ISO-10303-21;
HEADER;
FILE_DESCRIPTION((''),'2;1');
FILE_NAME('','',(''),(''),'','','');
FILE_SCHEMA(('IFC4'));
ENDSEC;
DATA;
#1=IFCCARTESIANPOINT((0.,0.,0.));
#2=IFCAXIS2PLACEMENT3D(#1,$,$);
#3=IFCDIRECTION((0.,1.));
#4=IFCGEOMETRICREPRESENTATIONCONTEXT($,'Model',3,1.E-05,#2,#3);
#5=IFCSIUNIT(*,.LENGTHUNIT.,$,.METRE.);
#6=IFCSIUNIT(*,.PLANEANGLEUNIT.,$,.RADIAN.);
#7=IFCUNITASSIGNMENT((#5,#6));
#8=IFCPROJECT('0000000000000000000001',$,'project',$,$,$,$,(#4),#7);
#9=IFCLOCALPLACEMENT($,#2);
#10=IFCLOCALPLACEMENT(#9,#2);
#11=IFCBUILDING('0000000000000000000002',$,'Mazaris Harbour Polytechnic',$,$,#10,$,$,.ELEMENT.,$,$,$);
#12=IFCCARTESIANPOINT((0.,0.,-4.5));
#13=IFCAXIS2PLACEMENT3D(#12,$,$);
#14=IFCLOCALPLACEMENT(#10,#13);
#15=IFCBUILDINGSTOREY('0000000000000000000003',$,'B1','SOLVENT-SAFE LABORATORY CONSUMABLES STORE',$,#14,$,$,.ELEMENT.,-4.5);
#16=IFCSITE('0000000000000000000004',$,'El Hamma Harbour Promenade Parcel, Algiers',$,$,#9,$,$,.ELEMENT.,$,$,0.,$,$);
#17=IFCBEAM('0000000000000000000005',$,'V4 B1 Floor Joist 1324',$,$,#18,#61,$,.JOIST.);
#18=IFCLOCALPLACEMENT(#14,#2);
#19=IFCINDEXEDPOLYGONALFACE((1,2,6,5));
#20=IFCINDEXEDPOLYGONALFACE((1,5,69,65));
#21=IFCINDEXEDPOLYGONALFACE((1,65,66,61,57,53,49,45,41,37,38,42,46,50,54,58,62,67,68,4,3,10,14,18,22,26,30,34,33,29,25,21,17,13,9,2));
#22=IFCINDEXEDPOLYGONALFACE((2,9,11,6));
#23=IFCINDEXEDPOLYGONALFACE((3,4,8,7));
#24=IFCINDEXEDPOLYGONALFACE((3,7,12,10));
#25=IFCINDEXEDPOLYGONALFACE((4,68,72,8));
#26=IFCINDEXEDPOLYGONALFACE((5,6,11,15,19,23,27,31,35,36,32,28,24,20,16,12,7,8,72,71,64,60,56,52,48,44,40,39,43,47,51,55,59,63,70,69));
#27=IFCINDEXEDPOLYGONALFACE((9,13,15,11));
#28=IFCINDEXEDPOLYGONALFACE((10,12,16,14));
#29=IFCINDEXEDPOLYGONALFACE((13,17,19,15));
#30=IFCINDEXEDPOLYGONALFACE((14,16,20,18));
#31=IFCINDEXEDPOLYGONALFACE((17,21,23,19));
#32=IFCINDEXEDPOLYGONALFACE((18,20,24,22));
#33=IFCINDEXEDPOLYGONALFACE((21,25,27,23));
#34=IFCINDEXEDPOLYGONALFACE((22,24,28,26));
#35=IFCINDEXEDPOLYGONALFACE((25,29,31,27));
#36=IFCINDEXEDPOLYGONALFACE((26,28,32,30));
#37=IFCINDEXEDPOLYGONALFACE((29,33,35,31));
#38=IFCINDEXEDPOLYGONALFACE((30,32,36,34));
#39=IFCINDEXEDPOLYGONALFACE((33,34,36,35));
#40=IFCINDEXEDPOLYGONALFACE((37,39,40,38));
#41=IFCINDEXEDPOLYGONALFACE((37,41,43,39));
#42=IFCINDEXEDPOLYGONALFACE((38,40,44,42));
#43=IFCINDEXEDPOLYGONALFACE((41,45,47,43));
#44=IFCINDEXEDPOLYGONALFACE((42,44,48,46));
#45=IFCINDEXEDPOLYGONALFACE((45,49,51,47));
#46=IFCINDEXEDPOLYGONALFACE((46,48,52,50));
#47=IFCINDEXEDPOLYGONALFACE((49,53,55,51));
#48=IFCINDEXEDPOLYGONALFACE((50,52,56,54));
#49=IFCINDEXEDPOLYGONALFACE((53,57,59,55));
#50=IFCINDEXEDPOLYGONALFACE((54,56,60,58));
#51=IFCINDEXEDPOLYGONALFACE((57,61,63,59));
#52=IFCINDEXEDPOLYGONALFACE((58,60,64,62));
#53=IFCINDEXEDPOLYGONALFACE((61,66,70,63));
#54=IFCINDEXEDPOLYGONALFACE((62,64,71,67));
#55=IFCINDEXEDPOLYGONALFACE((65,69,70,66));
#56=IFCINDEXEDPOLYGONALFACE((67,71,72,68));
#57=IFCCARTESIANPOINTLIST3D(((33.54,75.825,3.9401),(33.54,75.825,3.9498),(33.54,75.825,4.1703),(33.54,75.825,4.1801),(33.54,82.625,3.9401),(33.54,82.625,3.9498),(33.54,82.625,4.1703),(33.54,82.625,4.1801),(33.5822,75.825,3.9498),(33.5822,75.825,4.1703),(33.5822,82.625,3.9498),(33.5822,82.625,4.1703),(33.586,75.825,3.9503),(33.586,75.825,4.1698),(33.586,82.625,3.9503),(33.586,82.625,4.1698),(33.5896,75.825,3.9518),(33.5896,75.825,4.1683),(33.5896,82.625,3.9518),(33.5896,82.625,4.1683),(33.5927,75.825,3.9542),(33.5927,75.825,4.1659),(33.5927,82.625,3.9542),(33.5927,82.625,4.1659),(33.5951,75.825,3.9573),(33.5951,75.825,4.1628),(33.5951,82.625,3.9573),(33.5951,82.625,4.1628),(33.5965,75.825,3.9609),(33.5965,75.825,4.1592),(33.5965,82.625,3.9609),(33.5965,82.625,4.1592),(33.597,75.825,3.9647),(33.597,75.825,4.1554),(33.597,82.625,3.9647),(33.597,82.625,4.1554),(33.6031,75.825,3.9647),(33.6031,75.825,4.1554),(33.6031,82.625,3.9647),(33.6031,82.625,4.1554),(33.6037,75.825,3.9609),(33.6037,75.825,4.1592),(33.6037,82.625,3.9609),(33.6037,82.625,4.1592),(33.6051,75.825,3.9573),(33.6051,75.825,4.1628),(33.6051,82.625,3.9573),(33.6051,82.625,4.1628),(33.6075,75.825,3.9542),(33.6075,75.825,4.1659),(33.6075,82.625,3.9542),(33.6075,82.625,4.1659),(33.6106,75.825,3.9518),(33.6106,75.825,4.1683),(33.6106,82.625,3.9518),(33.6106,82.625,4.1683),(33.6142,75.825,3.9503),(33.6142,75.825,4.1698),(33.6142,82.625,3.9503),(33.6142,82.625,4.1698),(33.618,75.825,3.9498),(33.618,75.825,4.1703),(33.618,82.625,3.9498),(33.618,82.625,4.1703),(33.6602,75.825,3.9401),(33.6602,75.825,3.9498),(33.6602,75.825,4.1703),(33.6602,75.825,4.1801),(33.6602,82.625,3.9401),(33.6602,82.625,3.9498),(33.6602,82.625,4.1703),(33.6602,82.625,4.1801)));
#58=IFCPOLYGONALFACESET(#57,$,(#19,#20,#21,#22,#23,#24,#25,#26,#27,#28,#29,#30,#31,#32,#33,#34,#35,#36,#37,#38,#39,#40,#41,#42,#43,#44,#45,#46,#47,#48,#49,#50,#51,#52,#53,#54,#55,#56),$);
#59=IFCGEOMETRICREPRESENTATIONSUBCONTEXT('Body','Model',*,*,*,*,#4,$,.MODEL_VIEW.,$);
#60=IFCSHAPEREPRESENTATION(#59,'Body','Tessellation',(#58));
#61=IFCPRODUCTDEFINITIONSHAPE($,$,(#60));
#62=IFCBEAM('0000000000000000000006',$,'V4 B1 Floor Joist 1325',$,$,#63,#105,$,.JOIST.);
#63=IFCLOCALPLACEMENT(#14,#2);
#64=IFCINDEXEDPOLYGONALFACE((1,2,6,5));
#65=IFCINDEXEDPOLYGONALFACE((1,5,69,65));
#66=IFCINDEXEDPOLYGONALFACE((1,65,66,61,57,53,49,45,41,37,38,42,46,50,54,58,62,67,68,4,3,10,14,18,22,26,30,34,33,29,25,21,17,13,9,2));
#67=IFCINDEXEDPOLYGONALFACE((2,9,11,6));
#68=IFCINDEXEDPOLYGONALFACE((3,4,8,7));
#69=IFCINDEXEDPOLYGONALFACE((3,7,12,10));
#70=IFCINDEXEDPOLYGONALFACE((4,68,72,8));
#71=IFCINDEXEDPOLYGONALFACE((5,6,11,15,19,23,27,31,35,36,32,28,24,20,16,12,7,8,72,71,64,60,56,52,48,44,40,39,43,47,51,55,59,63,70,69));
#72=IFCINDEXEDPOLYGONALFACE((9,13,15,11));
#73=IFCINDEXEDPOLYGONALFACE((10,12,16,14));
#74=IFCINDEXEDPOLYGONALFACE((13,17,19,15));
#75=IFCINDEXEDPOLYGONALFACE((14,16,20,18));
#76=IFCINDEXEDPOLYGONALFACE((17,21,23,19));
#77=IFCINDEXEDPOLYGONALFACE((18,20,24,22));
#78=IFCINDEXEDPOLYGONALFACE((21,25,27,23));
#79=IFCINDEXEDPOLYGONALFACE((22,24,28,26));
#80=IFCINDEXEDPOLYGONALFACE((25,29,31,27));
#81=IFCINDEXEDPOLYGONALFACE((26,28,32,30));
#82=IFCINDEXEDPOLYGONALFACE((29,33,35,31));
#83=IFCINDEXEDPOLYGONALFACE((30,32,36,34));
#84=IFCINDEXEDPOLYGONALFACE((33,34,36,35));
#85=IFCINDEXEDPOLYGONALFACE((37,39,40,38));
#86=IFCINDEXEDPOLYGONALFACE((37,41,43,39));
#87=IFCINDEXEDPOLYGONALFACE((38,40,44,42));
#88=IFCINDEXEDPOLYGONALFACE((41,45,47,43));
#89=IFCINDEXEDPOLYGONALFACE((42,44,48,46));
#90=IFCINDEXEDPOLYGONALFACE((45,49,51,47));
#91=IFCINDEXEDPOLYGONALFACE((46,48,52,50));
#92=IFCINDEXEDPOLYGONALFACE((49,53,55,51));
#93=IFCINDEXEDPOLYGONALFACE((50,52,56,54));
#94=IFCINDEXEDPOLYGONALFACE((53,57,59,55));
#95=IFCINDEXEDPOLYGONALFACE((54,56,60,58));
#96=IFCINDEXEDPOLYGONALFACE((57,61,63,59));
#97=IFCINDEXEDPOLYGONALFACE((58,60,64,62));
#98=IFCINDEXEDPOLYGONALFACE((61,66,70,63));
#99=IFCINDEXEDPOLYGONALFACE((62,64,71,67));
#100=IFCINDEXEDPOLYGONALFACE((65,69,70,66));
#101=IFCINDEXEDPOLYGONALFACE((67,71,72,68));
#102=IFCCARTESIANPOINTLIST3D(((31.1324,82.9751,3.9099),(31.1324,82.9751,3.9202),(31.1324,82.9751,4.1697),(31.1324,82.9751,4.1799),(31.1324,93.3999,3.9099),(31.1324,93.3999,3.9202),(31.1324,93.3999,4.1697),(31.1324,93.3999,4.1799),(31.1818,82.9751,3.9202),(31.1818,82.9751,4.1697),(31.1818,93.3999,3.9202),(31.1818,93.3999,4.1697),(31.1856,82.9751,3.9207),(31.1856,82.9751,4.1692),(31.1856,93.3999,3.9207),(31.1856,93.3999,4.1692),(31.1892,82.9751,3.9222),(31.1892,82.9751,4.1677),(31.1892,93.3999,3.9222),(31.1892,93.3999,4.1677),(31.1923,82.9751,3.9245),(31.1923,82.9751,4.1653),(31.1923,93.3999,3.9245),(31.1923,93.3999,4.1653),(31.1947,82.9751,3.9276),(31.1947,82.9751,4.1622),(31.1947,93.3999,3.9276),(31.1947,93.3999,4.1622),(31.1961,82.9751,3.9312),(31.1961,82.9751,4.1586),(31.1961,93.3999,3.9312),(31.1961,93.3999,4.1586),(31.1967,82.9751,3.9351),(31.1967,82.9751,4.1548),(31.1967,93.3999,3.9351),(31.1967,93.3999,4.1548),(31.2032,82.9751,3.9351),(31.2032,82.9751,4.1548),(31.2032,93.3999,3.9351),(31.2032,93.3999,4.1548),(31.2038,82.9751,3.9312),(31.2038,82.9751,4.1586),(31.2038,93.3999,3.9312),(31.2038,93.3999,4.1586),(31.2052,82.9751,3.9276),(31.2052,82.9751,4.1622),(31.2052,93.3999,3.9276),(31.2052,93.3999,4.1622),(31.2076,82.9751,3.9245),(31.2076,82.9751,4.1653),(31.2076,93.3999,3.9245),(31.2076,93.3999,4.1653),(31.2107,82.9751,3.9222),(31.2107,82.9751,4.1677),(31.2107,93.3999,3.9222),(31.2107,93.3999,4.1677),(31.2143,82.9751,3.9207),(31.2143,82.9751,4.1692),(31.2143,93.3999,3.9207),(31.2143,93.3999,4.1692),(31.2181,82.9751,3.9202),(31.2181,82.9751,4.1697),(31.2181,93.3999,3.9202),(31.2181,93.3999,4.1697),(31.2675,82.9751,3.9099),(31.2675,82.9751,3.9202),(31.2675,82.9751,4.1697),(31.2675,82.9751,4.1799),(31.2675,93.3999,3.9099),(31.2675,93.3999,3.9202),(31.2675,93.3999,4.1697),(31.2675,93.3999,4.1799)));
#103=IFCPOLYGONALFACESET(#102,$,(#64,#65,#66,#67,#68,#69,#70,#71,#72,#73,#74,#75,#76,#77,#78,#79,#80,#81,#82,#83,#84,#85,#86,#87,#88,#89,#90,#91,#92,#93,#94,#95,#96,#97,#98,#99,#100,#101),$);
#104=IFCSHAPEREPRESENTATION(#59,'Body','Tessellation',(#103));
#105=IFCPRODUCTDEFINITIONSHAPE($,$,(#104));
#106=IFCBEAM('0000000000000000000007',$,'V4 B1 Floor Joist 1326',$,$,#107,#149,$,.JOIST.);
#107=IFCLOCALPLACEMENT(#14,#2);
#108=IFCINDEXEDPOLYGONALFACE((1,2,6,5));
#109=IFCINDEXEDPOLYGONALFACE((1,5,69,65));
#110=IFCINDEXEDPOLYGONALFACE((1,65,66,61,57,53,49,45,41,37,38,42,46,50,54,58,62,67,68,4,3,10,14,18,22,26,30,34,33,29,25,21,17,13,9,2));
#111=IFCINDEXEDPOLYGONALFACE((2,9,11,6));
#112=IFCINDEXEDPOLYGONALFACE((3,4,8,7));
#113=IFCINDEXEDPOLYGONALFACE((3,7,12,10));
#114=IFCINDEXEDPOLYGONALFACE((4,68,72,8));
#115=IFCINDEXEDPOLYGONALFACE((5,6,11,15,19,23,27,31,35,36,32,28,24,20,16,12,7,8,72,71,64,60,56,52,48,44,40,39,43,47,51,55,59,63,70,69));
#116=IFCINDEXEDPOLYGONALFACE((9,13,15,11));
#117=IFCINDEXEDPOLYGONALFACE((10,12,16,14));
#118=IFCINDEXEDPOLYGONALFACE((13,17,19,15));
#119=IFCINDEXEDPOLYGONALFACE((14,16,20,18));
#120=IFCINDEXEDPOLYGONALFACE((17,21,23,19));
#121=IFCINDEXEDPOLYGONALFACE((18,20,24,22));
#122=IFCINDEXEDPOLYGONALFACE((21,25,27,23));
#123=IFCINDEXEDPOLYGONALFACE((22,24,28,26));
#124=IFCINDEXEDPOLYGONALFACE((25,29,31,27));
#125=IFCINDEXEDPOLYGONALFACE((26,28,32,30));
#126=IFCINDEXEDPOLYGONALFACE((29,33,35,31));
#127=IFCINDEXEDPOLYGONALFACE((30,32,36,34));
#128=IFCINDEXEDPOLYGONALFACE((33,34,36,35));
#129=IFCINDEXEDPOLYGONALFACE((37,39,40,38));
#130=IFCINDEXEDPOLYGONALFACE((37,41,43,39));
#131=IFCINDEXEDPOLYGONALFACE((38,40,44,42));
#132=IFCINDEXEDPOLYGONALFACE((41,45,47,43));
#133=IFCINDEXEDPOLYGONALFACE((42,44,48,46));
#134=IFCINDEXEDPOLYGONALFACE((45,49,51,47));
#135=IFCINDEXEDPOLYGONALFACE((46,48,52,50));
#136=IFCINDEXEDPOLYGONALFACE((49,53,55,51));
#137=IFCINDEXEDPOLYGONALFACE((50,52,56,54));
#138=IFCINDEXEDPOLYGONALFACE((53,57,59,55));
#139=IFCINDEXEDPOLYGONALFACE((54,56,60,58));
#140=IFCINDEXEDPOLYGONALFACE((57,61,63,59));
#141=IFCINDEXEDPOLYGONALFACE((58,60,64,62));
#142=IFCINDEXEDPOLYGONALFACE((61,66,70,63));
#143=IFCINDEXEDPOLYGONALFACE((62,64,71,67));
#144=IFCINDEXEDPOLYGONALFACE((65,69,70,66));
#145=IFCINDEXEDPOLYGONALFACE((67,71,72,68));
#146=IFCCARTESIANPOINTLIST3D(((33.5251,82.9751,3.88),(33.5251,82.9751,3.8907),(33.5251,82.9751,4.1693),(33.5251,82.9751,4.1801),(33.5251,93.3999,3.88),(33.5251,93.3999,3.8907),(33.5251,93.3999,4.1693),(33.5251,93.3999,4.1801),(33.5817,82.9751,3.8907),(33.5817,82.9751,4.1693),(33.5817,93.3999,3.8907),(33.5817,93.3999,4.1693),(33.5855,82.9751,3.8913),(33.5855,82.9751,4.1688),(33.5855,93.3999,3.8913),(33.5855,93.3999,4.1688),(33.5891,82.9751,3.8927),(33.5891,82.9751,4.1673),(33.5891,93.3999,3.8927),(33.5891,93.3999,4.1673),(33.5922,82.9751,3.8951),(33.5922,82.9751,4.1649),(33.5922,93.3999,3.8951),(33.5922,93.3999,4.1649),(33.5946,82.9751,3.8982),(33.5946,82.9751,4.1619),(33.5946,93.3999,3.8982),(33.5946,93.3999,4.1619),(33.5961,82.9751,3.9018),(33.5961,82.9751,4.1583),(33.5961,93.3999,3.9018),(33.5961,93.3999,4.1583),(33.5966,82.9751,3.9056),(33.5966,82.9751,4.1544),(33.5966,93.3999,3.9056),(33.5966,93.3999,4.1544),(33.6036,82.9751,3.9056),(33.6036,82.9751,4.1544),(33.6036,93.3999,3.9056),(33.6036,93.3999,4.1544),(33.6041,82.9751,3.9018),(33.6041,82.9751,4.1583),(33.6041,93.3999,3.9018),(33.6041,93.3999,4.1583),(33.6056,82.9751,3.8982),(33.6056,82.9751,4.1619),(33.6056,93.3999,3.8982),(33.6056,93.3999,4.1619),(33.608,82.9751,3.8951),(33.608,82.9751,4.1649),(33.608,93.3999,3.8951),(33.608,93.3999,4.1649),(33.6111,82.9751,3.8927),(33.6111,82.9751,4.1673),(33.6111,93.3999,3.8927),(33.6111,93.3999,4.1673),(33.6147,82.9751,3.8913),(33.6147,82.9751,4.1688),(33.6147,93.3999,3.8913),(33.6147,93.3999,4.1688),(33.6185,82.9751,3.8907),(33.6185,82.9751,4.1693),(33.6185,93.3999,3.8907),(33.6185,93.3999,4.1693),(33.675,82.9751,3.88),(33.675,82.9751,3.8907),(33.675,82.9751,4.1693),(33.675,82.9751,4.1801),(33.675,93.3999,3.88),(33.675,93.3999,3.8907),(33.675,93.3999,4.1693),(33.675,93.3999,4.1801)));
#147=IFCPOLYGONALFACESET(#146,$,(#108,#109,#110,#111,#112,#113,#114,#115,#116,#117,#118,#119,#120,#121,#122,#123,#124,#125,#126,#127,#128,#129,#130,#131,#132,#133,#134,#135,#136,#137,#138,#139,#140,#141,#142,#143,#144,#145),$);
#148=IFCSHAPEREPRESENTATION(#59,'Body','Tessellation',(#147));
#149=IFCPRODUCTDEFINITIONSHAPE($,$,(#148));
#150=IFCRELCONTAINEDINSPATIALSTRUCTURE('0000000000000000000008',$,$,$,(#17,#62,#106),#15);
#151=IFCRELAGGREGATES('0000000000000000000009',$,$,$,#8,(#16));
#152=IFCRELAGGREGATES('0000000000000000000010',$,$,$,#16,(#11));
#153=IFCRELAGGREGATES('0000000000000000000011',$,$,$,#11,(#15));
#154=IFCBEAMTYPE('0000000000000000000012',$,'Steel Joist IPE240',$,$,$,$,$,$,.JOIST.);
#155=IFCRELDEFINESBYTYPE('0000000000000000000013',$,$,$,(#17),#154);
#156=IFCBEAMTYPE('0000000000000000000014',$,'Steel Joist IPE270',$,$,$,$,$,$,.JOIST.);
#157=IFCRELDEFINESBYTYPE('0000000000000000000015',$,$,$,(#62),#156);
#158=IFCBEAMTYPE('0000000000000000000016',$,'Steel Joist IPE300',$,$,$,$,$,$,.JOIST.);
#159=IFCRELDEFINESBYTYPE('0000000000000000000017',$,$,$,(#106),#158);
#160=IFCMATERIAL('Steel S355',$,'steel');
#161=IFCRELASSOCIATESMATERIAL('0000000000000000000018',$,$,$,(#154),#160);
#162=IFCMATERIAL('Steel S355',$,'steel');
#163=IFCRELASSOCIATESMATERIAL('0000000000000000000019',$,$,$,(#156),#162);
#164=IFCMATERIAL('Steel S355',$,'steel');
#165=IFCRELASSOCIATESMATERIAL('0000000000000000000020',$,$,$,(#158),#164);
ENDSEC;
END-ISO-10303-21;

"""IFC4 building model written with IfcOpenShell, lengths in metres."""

from ifc_helpers import new_model, si_unit, direction, frame, origin, origin_2d, place, context, subcontext, project, spatial, i_section, extrude, material, material_profile, profile_set, type_object, element, save


model = new_model("IFC4")

# Units and contexts
model_context = context("Model", 3, precision=1e-05, world=origin(), true_north=direction((0.0, 1.0)))
body_context = subcontext(model_context, "Body", "Model", "MODEL_VIEW")
ifc_project = project(units=[si_unit("LENGTHUNIT", "METRE"), si_unit("PLANEANGLEUNIT", "RADIAN")], contexts=[model_context])

# Site, building, storey
site_placement = place(None, origin())
site = spatial("IfcSite", under=ifc_project, at=site_placement, Name="El Hamma Harbour Promenade Parcel, Algiers", CompositionType="ELEMENT", RefElevation=0.0)
building_placement = place(site_placement, origin())
building = spatial("IfcBuilding", under=site, at=building_placement, Name="Mazaris Harbour Polytechnic", CompositionType="ELEMENT")
storey_placement = place(building_placement, frame((0.0, 0.0, -4.5)))
storey = spatial("IfcBuildingStorey", under=building, at=storey_placement, Name="B1", Description="SOLVENT-SAFE LABORATORY CONSUMABLES STORE", CompositionType="ELEMENT", Elevation=-4.5)

# Beams
ifc_material_1 = material(Name="Steel S355", Category="steel")
ifc_material_profile_1 = material_profile(ifc_material_1, i_section(OverallWidth=0.1201, OverallDepth=0.24, WebThickness=0.0061, FlangeThickness=0.0098, FilletRadius=0.0149, at=origin_2d()), Name="IPE 240")
ifc_profile_set_1 = profile_set([ifc_material_profile_1], Name="Steel S355")
beam_type_1 = type_object("IfcBeamType", Name="Steel Joist IPE240", PredefinedType="JOIST", material=ifc_profile_set_1)
beam_1_placement = place(storey_placement, frame((33.6001, 75.825, 4.0601), z_axis=(0.0, 1.0, 0.0), x_axis=(-1.0, 0.0, 0.0)))
element("IfcBeam", 1, at=beam_1_placement, inside=storey, type_object=beam_type_1, Name="V4 B1 Floor Joist 1324", PredefinedType="JOIST", context=body_context, shape_type="SweptSolid", body=[
    extrude(i_section(OverallWidth=0.1201, OverallDepth=0.24, WebThickness=0.0061, FlangeThickness=0.0098, FilletRadius=0.0149, at=origin_2d()), origin(), (0.0, 0.0, 1.0), 6.8),
])
ifc_material_2 = material(Name="Steel S355", Category="steel")
ifc_material_profile_2 = material_profile(ifc_material_2, i_section(OverallWidth=0.135, OverallDepth=0.27, WebThickness=0.0066, FlangeThickness=0.0103, FilletRadius=0.0149, at=origin_2d()), Name="IPE 270")
ifc_profile_set_2 = profile_set([ifc_material_profile_2], Name="Steel S355")
beam_type_2 = type_object("IfcBeamType", Name="Steel Joist IPE270", PredefinedType="JOIST", material=ifc_profile_set_2)
beam_2_placement = place(storey_placement, frame((31.2, 82.9751, 4.0449), z_axis=(0.0, 1.0, 0.0), x_axis=(-1.0, 0.0, 0.0)))
element("IfcBeam", 2, at=beam_2_placement, inside=storey, type_object=beam_type_2, Name="V4 B1 Floor Joist 1325", PredefinedType="JOIST", context=body_context, shape_type="SweptSolid", body=[
    extrude(i_section(OverallWidth=0.135, OverallDepth=0.27, WebThickness=0.0066, FlangeThickness=0.0103, FilletRadius=0.0149, at=origin_2d()), origin(), (0.0, 0.0, 1.0), 10.4248),
])
ifc_material_3 = material(Name="Steel S355", Category="steel")
ifc_material_profile_3 = material_profile(ifc_material_3, i_section(OverallWidth=0.1499, OverallDepth=0.3, WebThickness=0.0071, FlangeThickness=0.0107, FilletRadius=0.0149, at=origin_2d()), Name="IPE 300")
ifc_profile_set_3 = profile_set([ifc_material_profile_3], Name="Steel S355")
beam_type_3 = type_object("IfcBeamType", Name="Steel Joist IPE300", PredefinedType="JOIST", material=ifc_profile_set_3)
beam_3_placement = place(storey_placement, frame((33.6001, 82.9751, 4.03), z_axis=(0.0, 1.0, 0.0), x_axis=(-1.0, 0.0, 0.0)))
element("IfcBeam", 3, at=beam_3_placement, inside=storey, type_object=beam_type_3, Name="V4 B1 Floor Joist 1326", PredefinedType="JOIST", context=body_context, shape_type="SweptSolid", body=[
    extrude(i_section(OverallWidth=0.1499, OverallDepth=0.3, WebThickness=0.0071, FlangeThickness=0.0107, FilletRadius=0.0149, at=origin_2d()), origin(), (0.0, 0.0, 1.0), 10.4248),
])

save(model, "model.ifc")
